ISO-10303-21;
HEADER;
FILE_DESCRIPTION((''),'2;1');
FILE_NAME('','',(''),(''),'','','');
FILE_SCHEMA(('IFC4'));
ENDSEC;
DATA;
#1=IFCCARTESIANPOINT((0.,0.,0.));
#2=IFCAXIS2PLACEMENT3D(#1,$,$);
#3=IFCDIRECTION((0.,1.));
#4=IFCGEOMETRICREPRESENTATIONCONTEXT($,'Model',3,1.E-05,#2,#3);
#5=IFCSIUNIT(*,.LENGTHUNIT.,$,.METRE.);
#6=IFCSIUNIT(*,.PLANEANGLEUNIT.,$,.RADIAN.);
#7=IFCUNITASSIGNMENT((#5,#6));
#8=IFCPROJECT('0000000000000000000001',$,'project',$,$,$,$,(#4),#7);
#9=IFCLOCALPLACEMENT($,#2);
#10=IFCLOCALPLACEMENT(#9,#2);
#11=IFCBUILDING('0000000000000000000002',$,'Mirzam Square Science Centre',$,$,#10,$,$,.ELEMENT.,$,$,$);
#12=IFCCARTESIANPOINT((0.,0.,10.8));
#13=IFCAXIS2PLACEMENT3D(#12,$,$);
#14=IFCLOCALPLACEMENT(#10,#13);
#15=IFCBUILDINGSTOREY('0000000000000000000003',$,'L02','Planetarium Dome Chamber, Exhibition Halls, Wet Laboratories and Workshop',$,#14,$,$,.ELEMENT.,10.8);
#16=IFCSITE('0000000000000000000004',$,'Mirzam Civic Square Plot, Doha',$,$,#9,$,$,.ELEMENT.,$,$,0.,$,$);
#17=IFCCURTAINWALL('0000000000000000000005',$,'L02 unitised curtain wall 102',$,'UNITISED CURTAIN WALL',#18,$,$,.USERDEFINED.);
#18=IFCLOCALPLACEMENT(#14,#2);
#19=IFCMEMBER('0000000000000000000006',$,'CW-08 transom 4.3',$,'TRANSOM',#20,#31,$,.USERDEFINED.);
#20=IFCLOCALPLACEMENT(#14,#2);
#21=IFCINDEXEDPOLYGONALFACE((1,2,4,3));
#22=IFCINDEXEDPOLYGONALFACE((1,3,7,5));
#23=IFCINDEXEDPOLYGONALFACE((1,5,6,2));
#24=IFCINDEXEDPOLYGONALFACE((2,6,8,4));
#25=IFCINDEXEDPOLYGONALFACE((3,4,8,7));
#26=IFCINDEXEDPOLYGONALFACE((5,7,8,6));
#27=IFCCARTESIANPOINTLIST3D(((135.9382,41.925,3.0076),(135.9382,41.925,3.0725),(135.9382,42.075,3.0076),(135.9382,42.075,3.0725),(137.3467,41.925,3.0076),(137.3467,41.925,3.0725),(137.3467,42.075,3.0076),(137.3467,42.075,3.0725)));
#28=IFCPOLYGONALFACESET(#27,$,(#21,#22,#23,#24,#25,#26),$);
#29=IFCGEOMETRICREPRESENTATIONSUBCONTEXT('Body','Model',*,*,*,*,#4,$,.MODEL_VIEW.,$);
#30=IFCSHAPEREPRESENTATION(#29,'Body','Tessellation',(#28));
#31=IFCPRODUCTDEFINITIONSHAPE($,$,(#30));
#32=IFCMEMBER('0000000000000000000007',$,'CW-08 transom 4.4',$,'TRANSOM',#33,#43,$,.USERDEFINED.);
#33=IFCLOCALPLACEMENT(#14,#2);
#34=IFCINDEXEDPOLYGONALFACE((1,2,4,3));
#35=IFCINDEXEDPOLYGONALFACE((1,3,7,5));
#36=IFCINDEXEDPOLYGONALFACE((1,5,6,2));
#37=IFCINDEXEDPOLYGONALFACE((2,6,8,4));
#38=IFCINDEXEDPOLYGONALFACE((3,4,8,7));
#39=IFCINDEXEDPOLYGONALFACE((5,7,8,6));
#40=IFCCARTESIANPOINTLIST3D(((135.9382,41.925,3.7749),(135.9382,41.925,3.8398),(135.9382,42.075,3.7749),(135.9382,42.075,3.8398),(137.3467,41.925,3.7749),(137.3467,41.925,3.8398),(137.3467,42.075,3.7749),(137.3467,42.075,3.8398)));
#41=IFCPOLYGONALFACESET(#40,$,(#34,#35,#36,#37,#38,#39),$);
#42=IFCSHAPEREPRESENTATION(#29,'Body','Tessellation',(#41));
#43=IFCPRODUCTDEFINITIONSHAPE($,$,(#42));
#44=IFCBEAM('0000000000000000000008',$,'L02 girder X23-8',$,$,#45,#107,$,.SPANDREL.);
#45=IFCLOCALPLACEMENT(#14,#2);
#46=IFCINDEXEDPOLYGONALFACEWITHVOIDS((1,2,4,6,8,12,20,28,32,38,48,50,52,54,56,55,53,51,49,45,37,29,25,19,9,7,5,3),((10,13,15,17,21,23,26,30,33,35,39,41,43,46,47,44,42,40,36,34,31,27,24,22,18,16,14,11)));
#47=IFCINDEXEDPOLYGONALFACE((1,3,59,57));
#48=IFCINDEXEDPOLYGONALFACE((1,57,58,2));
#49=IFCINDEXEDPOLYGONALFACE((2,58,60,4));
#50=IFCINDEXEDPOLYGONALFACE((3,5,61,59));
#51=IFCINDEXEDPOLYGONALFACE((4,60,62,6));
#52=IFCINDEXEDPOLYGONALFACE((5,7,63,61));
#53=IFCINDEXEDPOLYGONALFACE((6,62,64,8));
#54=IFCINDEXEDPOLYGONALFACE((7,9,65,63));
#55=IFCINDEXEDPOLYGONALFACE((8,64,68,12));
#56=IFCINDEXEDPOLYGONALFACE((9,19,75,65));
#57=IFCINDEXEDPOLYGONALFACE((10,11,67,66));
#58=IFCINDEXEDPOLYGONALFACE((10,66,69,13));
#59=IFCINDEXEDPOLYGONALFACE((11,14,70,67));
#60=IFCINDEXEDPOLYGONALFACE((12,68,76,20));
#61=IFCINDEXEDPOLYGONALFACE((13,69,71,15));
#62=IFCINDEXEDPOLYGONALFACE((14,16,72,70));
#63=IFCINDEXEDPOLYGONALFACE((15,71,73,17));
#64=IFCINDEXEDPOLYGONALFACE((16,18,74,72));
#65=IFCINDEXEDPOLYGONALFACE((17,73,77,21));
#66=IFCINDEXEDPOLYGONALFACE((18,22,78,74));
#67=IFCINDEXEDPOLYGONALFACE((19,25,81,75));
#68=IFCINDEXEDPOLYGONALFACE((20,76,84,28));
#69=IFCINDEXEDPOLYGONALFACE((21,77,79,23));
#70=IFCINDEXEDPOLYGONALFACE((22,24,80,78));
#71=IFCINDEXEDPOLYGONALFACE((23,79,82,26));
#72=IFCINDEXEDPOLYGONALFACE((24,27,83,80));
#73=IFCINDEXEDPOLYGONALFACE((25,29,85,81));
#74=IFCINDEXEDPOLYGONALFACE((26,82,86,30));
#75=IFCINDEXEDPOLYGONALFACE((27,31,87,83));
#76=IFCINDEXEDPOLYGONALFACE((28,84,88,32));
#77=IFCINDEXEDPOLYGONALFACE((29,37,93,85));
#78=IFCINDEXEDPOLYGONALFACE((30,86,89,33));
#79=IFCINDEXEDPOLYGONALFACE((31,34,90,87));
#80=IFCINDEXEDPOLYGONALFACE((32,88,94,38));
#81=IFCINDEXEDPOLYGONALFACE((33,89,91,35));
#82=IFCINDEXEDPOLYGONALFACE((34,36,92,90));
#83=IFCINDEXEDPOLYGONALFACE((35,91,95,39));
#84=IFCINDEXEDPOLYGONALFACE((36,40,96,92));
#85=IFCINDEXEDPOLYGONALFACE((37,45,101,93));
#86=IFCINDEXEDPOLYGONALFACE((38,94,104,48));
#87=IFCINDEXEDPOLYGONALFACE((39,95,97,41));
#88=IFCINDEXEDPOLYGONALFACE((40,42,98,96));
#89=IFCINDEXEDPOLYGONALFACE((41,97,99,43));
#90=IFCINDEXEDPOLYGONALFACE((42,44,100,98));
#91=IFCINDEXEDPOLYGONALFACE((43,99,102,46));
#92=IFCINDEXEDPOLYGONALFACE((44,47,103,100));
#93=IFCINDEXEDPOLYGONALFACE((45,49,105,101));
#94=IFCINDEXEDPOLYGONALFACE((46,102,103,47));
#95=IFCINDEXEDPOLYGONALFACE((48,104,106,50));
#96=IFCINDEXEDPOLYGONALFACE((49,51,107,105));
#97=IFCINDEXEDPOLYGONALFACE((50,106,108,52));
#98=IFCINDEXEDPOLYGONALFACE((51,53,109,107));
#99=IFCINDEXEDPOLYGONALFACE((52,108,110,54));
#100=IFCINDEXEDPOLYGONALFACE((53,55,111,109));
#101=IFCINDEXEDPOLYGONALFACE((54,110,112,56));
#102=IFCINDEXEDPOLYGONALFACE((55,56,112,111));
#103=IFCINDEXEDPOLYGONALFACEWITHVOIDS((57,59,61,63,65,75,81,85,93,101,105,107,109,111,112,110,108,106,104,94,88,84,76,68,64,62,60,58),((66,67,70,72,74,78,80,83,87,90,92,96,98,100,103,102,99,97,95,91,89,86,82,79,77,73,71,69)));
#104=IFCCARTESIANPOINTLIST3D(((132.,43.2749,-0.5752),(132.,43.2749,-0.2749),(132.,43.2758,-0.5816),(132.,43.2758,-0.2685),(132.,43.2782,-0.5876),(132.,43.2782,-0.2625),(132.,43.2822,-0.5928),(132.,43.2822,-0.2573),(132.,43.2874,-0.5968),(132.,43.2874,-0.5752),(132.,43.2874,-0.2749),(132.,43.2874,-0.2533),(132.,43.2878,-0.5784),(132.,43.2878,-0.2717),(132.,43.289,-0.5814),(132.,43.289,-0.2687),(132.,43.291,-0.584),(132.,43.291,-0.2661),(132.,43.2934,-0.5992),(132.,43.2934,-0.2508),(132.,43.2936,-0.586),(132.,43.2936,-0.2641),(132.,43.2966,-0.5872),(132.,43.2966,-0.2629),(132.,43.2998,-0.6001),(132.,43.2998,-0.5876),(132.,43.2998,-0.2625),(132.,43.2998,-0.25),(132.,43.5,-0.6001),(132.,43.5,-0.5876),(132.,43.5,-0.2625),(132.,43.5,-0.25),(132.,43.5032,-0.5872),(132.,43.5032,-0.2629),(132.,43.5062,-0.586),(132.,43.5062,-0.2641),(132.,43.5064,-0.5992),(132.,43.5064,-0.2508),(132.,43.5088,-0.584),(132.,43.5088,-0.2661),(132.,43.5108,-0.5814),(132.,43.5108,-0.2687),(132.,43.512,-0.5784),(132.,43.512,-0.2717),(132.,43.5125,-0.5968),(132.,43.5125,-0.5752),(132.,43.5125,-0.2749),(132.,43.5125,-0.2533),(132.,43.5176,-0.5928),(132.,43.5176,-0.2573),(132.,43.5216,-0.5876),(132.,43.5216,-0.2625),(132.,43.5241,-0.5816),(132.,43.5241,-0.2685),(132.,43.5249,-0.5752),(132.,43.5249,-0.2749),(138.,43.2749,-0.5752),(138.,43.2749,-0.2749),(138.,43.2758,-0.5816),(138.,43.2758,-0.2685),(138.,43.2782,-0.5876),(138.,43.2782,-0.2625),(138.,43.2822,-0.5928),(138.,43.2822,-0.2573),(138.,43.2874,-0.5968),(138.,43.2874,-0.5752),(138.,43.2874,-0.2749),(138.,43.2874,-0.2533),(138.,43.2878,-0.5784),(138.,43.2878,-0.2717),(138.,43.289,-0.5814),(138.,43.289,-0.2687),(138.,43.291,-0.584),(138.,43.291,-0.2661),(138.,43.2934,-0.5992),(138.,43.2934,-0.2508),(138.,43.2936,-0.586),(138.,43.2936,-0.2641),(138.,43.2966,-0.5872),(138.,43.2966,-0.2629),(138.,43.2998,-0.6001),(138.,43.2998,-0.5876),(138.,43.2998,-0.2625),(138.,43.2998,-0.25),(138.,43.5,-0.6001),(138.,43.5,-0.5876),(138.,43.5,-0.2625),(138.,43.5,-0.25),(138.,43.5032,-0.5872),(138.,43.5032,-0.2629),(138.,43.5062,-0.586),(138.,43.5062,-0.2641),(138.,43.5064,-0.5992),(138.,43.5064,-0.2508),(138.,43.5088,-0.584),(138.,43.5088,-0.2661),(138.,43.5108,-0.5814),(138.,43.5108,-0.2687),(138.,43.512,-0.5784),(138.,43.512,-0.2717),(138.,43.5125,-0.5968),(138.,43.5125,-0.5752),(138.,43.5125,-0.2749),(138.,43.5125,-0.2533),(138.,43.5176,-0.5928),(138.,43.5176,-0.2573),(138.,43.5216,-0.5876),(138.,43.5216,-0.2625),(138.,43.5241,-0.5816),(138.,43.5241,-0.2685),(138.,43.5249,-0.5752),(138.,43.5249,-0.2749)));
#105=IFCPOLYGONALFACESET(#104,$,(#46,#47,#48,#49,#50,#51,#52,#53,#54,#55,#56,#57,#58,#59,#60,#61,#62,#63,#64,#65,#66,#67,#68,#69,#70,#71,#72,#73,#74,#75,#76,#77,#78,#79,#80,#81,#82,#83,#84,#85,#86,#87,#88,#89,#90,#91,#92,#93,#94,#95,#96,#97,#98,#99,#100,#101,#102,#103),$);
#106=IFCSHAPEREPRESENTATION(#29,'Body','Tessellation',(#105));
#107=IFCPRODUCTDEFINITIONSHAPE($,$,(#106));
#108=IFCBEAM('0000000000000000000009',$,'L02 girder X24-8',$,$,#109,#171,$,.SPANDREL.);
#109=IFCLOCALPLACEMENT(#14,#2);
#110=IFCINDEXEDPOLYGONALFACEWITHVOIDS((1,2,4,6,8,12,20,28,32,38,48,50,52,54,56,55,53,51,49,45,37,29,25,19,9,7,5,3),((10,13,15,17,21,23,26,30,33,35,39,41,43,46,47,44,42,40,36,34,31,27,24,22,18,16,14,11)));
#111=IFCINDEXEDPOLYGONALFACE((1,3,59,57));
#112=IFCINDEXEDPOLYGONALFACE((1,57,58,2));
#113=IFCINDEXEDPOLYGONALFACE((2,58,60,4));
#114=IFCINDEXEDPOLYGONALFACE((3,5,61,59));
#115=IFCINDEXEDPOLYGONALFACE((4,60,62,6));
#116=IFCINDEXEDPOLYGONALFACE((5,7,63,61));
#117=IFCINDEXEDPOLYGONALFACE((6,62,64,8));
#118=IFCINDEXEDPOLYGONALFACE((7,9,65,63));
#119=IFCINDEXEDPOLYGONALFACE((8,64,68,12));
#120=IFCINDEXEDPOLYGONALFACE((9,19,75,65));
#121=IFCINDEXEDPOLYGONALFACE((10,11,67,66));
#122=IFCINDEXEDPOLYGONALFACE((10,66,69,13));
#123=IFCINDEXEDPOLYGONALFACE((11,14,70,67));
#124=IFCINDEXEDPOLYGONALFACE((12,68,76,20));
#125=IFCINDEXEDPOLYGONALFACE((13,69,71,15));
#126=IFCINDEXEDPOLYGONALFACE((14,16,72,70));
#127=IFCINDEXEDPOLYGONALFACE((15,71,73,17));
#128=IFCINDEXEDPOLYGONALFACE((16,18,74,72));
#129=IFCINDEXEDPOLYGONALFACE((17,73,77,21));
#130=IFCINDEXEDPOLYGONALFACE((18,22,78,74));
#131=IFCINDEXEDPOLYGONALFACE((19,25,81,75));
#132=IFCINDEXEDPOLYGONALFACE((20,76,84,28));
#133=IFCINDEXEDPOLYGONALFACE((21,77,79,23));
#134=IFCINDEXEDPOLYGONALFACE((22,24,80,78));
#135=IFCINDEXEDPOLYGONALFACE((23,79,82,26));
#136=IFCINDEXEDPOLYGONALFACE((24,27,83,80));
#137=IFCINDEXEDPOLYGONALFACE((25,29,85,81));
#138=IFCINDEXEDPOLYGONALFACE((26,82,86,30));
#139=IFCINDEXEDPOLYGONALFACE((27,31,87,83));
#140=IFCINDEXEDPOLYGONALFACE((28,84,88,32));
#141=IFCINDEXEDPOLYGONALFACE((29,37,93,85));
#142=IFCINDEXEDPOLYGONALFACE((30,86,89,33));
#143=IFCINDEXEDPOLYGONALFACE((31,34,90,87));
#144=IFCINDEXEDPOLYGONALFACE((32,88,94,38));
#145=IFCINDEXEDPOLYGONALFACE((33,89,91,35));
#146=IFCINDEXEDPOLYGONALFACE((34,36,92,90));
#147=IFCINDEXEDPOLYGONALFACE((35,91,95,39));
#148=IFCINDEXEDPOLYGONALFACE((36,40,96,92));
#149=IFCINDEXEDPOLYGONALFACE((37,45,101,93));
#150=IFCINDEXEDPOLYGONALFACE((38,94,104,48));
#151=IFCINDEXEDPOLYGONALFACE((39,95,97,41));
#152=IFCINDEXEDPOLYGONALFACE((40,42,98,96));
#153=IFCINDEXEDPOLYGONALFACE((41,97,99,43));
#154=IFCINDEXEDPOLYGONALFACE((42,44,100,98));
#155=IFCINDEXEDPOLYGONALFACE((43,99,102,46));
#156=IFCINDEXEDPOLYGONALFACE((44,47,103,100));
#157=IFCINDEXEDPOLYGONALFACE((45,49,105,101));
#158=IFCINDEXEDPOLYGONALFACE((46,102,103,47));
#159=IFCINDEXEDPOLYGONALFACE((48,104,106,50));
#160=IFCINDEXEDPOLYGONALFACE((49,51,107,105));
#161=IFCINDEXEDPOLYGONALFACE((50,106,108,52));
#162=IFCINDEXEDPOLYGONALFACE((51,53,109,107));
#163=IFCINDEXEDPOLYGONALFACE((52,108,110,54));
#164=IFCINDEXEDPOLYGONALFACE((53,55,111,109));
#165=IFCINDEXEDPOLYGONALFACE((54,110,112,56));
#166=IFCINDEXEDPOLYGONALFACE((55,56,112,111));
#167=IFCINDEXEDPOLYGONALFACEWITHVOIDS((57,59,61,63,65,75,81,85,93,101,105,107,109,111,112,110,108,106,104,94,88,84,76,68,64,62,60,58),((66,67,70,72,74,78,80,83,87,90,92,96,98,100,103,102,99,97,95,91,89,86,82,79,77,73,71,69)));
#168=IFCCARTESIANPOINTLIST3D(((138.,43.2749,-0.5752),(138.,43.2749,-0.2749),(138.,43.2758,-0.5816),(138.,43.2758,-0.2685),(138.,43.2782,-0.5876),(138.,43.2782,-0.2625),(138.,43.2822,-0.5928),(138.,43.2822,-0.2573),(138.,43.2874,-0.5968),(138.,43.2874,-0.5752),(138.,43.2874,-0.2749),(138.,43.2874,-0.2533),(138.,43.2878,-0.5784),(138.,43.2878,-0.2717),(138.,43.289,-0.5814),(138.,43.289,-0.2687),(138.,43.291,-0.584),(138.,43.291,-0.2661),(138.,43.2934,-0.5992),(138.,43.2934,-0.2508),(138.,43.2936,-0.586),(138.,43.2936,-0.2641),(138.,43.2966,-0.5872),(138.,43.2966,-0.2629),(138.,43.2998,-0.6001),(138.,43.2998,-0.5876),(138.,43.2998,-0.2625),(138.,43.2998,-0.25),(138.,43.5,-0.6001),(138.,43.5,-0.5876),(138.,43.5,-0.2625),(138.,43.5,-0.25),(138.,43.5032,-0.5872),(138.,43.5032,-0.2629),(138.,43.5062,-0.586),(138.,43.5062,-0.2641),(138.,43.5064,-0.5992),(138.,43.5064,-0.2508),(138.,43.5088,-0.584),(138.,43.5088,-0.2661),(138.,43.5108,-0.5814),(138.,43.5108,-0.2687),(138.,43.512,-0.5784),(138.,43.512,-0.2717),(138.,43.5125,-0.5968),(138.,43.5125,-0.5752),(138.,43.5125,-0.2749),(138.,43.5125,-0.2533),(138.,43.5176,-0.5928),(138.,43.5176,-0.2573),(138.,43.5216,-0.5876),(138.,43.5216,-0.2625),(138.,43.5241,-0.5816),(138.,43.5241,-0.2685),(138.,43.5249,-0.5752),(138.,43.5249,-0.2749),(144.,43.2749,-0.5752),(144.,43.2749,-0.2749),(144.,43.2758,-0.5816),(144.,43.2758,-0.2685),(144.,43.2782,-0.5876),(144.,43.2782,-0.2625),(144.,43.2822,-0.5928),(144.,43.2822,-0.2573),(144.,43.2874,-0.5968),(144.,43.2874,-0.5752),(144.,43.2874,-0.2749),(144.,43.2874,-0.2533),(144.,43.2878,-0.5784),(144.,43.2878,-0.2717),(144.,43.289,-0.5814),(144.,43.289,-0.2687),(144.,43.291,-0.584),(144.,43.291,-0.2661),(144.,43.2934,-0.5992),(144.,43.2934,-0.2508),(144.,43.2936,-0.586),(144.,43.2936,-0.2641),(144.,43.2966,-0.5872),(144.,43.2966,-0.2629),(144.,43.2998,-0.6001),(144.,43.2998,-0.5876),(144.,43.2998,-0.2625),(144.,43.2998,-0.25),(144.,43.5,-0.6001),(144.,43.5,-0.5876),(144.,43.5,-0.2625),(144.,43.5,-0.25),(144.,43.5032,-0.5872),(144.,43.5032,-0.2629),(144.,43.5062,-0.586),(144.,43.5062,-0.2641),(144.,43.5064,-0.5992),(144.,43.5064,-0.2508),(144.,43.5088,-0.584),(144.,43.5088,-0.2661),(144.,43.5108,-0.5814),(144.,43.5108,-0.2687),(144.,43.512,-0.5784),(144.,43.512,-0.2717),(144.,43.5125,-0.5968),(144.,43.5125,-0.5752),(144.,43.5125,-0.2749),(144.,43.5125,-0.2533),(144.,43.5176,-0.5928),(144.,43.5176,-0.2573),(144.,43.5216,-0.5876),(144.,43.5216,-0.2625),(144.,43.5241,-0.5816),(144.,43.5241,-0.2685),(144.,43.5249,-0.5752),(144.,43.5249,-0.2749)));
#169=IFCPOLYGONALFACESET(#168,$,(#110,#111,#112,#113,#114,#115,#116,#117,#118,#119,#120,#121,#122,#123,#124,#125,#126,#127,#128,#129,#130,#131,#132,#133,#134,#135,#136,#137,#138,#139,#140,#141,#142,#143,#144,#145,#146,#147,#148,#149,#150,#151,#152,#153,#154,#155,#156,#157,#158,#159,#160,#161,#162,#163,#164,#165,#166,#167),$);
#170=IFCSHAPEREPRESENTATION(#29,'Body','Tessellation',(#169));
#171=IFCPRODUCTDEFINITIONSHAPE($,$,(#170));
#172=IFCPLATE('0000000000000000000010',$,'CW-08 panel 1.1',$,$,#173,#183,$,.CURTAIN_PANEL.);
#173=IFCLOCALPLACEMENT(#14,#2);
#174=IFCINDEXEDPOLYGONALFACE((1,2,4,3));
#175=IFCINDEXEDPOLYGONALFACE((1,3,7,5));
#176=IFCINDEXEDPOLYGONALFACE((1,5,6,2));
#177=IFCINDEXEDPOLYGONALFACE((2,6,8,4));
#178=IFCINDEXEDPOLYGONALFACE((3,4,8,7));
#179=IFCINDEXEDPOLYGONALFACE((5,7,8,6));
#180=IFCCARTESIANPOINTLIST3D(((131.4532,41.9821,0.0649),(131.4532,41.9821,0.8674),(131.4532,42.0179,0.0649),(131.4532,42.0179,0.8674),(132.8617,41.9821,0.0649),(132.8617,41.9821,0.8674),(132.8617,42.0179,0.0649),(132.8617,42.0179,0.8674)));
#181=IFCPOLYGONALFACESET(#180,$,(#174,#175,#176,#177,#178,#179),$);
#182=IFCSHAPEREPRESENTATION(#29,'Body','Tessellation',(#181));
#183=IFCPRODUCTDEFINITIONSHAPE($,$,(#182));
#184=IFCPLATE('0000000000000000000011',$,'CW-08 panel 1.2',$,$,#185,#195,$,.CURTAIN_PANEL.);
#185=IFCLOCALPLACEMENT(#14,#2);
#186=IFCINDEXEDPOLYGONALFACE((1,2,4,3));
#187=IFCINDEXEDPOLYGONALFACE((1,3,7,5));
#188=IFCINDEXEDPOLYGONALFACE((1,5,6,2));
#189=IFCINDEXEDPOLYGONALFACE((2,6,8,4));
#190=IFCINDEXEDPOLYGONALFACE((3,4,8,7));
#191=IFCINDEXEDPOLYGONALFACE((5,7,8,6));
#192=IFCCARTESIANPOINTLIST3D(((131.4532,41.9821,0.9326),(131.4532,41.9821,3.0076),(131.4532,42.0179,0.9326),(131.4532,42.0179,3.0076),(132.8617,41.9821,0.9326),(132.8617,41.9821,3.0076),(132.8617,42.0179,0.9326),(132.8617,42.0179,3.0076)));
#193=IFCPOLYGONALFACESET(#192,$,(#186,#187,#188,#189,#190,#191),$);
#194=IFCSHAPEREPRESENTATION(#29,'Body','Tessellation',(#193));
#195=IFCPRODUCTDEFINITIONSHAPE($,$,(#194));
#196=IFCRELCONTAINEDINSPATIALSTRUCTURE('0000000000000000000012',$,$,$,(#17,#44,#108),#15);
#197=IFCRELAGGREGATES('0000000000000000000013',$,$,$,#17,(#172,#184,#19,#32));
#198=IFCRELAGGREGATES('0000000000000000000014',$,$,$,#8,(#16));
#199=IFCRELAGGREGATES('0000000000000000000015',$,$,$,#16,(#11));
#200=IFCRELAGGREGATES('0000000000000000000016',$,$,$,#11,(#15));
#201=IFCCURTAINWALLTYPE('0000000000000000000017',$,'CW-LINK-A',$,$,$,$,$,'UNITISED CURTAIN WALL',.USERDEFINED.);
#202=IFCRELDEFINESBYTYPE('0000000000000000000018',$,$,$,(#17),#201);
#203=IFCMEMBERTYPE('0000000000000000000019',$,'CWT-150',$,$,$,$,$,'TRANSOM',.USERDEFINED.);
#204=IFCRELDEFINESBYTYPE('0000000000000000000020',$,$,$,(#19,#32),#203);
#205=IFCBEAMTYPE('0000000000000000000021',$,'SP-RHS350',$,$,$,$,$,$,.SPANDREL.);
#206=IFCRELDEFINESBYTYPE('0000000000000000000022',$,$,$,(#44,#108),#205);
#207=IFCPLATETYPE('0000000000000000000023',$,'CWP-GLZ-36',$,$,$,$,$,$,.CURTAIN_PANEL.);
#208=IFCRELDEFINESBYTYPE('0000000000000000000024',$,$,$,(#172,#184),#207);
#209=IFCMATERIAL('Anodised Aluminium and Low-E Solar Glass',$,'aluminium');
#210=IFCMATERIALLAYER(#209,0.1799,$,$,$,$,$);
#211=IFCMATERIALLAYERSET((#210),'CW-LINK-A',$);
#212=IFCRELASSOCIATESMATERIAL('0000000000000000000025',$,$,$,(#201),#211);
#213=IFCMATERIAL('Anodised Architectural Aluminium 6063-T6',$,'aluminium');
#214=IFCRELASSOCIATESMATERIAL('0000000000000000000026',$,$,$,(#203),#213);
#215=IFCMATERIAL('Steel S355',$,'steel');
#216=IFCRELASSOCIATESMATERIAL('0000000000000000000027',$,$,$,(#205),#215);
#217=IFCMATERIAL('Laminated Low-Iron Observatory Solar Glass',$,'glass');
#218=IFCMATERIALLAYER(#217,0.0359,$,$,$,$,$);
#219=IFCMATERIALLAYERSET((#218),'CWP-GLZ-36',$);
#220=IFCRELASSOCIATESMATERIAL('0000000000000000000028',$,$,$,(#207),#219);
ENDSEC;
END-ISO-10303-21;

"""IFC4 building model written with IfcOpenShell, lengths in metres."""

from ifc_helpers import new_model, si_unit, direction, frame, origin, origin_2d, place, context, subcontext, project, spatial, rectangle, hollow_rectangle, extrude, material, layer, layer_set, material_profile, profile_set, type_object, element, aggregate, save


model = new_model("IFC4")

# Units and contexts
model_context = context("Model", 3, precision=1e-05, world=origin(), true_north=direction((0.0, 1.0)))
body_context = subcontext(model_context, "Body", "Model", "MODEL_VIEW")
ifc_project = project(units=[si_unit("LENGTHUNIT", "METRE"), si_unit("PLANEANGLEUNIT", "RADIAN")], contexts=[model_context])

# Site, building, storey
site_placement = place(None, origin())
site = spatial("IfcSite", under=ifc_project, at=site_placement, Name="Mirzam Civic Square Plot, Doha", CompositionType="ELEMENT", RefElevation=0.0)
building_placement = place(site_placement, origin())
building = spatial("IfcBuilding", under=site, at=building_placement, Name="Mirzam Square Science Centre", CompositionType="ELEMENT")
storey_placement = place(building_placement, frame((0.0, 0.0, 10.8)))
storey = spatial("IfcBuildingStorey", under=building, at=storey_placement, Name="L02", Description="Planetarium Dome Chamber, Exhibition Halls, Wet Laboratories and Workshop", CompositionType="ELEMENT", Elevation=10.8)

# Shared definitions
ifc_material_1 = material(Name="Steel S355", Category="steel")

# Shared definitions
ifc_material_2 = material(Name="Anodised Aluminium and Low-E Solar Glass", Category="aluminium")
ifc_material_3 = material(Name="Anodised Architectural Aluminium 6063-T6", Category="aluminium")

# Curtain wall
ifc_layer_1 = layer(ifc_material_2, 0.1799)
ifc_layer_set_1 = layer_set([ifc_layer_1], Name="CW-LINK-A")
curtain_wall_type_1 = type_object("IfcCurtainWallType", Name="CW-LINK-A", ElementType="UNITISED CURTAIN WALL", PredefinedType="USERDEFINED", material=ifc_layer_set_1)
curtain_wall_1_placement = place(storey_placement, origin())
curtain_wall_1 = element("IfcCurtainWall", 1, at=curtain_wall_1_placement, inside=storey, type_object=curtain_wall_type_1, Name="L02 unitised curtain wall 102", ObjectType="UNITISED CURTAIN WALL", PredefinedType="USERDEFINED")

# Members
ifc_material_profile_1 = material_profile(ifc_material_3, rectangle(XDim=0.1499, YDim=0.0649, at=origin_2d()), Name="ALU-TRAN-150x65x4")
ifc_profile_set_1 = profile_set([ifc_material_profile_1], Name="Anodised Architectural Aluminium 6063-T6")
member_type_1 = type_object("IfcMemberType", Name="CWT-150", ElementType="TRANSOM", PredefinedType="USERDEFINED", material=ifc_profile_set_1)
member_1_placement = place(storey_placement, frame((135.9382, 42.0, 3.04), z_axis=(1.0, 0.0, 0.0), x_axis=(0.0, 1.0, 0.0)))
member_1 = element("IfcMember", 2, at=member_1_placement, type_object=member_type_1, Name="CW-08 transom 4.3", ObjectType="TRANSOM", PredefinedType="USERDEFINED", context=body_context, shape_type="SweptSolid", body=[
    extrude(rectangle(XDim=0.1499, YDim=0.0649, at=origin_2d()), origin(), (0.0, 0.0, 1.0), 1.4084),
])
member_2_placement = place(storey_placement, frame((135.9382, 42.0, 3.8074), z_axis=(1.0, 0.0, 0.0), x_axis=(0.0, 1.0, 0.0)))
member_2 = element("IfcMember", 3, at=member_2_placement, type_object=member_type_1, Name="CW-08 transom 4.4", ObjectType="TRANSOM", PredefinedType="USERDEFINED", context=body_context, shape_type="SweptSolid", body=[
    extrude(rectangle(XDim=0.1499, YDim=0.0649, at=origin_2d()), origin(), (0.0, 0.0, 1.0), 1.4084),
])

# Beams
ifc_material_profile_2 = material_profile(ifc_material_1, hollow_rectangle(XDim=0.25, YDim=0.3501, WallThickness=0.0125, InnerFilletRadius=0.0125, OuterFilletRadius=0.0249, at=origin_2d()), Name="350x250x12.5RHS")
ifc_profile_set_2 = profile_set([ifc_material_profile_2], Name="Steel S355")
beam_type_1 = type_object("IfcBeamType", Name="SP-RHS350", PredefinedType="SPANDREL", material=ifc_profile_set_2)
for number, where, z_axis, x_axis, name in (
    (4, (132.0, 43.3999, -0.425), (1.0, 0.0, 0.0), (0.0, 1.0, 0.0), "L02 girder X23-8"),
    (5, (138.0, 43.3999, -0.425), (1.0, 0.0, 0.0), (0.0, 1.0, 0.0), "L02 girder X24-8"),
):
    element("IfcBeam", number, at=place(storey_placement, frame(where, z_axis=z_axis, x_axis=x_axis)), inside=storey, type_object=beam_type_1, Name=name, PredefinedType="SPANDREL", context=body_context, shape_type="SweptSolid", body=[
        extrude(hollow_rectangle(XDim=0.25, YDim=0.3501, WallThickness=0.0125, InnerFilletRadius=0.0125, OuterFilletRadius=0.0249, at=origin_2d()), origin(), (0.0, 0.0, 1.0), 6.0),
    ])

# Plates
ifc_material_4 = material(Name="Laminated Low-Iron Observatory Solar Glass", Category="glass")
ifc_layer_2 = layer(ifc_material_4, 0.0359)
ifc_layer_set_2 = layer_set([ifc_layer_2], Name="CWP-GLZ-36")
plate_type = type_object("IfcPlateType", Name="CWP-GLZ-36", PredefinedType="CURTAIN_PANEL", material=ifc_layer_set_2)
plate_1_placement = place(storey_placement, frame((132.1575, 42.0, 0.0649), z_axis=(0.0, 0.0, 1.0), x_axis=(1.0, 0.0, 0.0)))
plate_1 = element("IfcPlate", 6, at=plate_1_placement, type_object=plate_type, Name="CW-08 panel 1.1", PredefinedType="CURTAIN_PANEL", context=body_context, shape_type="SweptSolid", body=[
    extrude(rectangle(XDim=1.4084, YDim=0.0359, at=origin_2d()), origin(), (0.0, 0.0, 1.0), 0.8025),
])
plate_2_placement = place(storey_placement, frame((132.1575, 42.0, 0.9326), z_axis=(0.0, 0.0, 1.0), x_axis=(1.0, 0.0, 0.0)))
plate_2 = element("IfcPlate", 7, at=plate_2_placement, type_object=plate_type, Name="CW-08 panel 1.2", PredefinedType="CURTAIN_PANEL", context=body_context, shape_type="SweptSolid", body=[
    extrude(rectangle(XDim=1.4084, YDim=0.0359, at=origin_2d()), origin(), (0.0, 0.0, 1.0), 2.075),
])
aggregate(curtain_wall_1, [plate_1, plate_2, member_1, member_2])

save(model, "model.ifc")
